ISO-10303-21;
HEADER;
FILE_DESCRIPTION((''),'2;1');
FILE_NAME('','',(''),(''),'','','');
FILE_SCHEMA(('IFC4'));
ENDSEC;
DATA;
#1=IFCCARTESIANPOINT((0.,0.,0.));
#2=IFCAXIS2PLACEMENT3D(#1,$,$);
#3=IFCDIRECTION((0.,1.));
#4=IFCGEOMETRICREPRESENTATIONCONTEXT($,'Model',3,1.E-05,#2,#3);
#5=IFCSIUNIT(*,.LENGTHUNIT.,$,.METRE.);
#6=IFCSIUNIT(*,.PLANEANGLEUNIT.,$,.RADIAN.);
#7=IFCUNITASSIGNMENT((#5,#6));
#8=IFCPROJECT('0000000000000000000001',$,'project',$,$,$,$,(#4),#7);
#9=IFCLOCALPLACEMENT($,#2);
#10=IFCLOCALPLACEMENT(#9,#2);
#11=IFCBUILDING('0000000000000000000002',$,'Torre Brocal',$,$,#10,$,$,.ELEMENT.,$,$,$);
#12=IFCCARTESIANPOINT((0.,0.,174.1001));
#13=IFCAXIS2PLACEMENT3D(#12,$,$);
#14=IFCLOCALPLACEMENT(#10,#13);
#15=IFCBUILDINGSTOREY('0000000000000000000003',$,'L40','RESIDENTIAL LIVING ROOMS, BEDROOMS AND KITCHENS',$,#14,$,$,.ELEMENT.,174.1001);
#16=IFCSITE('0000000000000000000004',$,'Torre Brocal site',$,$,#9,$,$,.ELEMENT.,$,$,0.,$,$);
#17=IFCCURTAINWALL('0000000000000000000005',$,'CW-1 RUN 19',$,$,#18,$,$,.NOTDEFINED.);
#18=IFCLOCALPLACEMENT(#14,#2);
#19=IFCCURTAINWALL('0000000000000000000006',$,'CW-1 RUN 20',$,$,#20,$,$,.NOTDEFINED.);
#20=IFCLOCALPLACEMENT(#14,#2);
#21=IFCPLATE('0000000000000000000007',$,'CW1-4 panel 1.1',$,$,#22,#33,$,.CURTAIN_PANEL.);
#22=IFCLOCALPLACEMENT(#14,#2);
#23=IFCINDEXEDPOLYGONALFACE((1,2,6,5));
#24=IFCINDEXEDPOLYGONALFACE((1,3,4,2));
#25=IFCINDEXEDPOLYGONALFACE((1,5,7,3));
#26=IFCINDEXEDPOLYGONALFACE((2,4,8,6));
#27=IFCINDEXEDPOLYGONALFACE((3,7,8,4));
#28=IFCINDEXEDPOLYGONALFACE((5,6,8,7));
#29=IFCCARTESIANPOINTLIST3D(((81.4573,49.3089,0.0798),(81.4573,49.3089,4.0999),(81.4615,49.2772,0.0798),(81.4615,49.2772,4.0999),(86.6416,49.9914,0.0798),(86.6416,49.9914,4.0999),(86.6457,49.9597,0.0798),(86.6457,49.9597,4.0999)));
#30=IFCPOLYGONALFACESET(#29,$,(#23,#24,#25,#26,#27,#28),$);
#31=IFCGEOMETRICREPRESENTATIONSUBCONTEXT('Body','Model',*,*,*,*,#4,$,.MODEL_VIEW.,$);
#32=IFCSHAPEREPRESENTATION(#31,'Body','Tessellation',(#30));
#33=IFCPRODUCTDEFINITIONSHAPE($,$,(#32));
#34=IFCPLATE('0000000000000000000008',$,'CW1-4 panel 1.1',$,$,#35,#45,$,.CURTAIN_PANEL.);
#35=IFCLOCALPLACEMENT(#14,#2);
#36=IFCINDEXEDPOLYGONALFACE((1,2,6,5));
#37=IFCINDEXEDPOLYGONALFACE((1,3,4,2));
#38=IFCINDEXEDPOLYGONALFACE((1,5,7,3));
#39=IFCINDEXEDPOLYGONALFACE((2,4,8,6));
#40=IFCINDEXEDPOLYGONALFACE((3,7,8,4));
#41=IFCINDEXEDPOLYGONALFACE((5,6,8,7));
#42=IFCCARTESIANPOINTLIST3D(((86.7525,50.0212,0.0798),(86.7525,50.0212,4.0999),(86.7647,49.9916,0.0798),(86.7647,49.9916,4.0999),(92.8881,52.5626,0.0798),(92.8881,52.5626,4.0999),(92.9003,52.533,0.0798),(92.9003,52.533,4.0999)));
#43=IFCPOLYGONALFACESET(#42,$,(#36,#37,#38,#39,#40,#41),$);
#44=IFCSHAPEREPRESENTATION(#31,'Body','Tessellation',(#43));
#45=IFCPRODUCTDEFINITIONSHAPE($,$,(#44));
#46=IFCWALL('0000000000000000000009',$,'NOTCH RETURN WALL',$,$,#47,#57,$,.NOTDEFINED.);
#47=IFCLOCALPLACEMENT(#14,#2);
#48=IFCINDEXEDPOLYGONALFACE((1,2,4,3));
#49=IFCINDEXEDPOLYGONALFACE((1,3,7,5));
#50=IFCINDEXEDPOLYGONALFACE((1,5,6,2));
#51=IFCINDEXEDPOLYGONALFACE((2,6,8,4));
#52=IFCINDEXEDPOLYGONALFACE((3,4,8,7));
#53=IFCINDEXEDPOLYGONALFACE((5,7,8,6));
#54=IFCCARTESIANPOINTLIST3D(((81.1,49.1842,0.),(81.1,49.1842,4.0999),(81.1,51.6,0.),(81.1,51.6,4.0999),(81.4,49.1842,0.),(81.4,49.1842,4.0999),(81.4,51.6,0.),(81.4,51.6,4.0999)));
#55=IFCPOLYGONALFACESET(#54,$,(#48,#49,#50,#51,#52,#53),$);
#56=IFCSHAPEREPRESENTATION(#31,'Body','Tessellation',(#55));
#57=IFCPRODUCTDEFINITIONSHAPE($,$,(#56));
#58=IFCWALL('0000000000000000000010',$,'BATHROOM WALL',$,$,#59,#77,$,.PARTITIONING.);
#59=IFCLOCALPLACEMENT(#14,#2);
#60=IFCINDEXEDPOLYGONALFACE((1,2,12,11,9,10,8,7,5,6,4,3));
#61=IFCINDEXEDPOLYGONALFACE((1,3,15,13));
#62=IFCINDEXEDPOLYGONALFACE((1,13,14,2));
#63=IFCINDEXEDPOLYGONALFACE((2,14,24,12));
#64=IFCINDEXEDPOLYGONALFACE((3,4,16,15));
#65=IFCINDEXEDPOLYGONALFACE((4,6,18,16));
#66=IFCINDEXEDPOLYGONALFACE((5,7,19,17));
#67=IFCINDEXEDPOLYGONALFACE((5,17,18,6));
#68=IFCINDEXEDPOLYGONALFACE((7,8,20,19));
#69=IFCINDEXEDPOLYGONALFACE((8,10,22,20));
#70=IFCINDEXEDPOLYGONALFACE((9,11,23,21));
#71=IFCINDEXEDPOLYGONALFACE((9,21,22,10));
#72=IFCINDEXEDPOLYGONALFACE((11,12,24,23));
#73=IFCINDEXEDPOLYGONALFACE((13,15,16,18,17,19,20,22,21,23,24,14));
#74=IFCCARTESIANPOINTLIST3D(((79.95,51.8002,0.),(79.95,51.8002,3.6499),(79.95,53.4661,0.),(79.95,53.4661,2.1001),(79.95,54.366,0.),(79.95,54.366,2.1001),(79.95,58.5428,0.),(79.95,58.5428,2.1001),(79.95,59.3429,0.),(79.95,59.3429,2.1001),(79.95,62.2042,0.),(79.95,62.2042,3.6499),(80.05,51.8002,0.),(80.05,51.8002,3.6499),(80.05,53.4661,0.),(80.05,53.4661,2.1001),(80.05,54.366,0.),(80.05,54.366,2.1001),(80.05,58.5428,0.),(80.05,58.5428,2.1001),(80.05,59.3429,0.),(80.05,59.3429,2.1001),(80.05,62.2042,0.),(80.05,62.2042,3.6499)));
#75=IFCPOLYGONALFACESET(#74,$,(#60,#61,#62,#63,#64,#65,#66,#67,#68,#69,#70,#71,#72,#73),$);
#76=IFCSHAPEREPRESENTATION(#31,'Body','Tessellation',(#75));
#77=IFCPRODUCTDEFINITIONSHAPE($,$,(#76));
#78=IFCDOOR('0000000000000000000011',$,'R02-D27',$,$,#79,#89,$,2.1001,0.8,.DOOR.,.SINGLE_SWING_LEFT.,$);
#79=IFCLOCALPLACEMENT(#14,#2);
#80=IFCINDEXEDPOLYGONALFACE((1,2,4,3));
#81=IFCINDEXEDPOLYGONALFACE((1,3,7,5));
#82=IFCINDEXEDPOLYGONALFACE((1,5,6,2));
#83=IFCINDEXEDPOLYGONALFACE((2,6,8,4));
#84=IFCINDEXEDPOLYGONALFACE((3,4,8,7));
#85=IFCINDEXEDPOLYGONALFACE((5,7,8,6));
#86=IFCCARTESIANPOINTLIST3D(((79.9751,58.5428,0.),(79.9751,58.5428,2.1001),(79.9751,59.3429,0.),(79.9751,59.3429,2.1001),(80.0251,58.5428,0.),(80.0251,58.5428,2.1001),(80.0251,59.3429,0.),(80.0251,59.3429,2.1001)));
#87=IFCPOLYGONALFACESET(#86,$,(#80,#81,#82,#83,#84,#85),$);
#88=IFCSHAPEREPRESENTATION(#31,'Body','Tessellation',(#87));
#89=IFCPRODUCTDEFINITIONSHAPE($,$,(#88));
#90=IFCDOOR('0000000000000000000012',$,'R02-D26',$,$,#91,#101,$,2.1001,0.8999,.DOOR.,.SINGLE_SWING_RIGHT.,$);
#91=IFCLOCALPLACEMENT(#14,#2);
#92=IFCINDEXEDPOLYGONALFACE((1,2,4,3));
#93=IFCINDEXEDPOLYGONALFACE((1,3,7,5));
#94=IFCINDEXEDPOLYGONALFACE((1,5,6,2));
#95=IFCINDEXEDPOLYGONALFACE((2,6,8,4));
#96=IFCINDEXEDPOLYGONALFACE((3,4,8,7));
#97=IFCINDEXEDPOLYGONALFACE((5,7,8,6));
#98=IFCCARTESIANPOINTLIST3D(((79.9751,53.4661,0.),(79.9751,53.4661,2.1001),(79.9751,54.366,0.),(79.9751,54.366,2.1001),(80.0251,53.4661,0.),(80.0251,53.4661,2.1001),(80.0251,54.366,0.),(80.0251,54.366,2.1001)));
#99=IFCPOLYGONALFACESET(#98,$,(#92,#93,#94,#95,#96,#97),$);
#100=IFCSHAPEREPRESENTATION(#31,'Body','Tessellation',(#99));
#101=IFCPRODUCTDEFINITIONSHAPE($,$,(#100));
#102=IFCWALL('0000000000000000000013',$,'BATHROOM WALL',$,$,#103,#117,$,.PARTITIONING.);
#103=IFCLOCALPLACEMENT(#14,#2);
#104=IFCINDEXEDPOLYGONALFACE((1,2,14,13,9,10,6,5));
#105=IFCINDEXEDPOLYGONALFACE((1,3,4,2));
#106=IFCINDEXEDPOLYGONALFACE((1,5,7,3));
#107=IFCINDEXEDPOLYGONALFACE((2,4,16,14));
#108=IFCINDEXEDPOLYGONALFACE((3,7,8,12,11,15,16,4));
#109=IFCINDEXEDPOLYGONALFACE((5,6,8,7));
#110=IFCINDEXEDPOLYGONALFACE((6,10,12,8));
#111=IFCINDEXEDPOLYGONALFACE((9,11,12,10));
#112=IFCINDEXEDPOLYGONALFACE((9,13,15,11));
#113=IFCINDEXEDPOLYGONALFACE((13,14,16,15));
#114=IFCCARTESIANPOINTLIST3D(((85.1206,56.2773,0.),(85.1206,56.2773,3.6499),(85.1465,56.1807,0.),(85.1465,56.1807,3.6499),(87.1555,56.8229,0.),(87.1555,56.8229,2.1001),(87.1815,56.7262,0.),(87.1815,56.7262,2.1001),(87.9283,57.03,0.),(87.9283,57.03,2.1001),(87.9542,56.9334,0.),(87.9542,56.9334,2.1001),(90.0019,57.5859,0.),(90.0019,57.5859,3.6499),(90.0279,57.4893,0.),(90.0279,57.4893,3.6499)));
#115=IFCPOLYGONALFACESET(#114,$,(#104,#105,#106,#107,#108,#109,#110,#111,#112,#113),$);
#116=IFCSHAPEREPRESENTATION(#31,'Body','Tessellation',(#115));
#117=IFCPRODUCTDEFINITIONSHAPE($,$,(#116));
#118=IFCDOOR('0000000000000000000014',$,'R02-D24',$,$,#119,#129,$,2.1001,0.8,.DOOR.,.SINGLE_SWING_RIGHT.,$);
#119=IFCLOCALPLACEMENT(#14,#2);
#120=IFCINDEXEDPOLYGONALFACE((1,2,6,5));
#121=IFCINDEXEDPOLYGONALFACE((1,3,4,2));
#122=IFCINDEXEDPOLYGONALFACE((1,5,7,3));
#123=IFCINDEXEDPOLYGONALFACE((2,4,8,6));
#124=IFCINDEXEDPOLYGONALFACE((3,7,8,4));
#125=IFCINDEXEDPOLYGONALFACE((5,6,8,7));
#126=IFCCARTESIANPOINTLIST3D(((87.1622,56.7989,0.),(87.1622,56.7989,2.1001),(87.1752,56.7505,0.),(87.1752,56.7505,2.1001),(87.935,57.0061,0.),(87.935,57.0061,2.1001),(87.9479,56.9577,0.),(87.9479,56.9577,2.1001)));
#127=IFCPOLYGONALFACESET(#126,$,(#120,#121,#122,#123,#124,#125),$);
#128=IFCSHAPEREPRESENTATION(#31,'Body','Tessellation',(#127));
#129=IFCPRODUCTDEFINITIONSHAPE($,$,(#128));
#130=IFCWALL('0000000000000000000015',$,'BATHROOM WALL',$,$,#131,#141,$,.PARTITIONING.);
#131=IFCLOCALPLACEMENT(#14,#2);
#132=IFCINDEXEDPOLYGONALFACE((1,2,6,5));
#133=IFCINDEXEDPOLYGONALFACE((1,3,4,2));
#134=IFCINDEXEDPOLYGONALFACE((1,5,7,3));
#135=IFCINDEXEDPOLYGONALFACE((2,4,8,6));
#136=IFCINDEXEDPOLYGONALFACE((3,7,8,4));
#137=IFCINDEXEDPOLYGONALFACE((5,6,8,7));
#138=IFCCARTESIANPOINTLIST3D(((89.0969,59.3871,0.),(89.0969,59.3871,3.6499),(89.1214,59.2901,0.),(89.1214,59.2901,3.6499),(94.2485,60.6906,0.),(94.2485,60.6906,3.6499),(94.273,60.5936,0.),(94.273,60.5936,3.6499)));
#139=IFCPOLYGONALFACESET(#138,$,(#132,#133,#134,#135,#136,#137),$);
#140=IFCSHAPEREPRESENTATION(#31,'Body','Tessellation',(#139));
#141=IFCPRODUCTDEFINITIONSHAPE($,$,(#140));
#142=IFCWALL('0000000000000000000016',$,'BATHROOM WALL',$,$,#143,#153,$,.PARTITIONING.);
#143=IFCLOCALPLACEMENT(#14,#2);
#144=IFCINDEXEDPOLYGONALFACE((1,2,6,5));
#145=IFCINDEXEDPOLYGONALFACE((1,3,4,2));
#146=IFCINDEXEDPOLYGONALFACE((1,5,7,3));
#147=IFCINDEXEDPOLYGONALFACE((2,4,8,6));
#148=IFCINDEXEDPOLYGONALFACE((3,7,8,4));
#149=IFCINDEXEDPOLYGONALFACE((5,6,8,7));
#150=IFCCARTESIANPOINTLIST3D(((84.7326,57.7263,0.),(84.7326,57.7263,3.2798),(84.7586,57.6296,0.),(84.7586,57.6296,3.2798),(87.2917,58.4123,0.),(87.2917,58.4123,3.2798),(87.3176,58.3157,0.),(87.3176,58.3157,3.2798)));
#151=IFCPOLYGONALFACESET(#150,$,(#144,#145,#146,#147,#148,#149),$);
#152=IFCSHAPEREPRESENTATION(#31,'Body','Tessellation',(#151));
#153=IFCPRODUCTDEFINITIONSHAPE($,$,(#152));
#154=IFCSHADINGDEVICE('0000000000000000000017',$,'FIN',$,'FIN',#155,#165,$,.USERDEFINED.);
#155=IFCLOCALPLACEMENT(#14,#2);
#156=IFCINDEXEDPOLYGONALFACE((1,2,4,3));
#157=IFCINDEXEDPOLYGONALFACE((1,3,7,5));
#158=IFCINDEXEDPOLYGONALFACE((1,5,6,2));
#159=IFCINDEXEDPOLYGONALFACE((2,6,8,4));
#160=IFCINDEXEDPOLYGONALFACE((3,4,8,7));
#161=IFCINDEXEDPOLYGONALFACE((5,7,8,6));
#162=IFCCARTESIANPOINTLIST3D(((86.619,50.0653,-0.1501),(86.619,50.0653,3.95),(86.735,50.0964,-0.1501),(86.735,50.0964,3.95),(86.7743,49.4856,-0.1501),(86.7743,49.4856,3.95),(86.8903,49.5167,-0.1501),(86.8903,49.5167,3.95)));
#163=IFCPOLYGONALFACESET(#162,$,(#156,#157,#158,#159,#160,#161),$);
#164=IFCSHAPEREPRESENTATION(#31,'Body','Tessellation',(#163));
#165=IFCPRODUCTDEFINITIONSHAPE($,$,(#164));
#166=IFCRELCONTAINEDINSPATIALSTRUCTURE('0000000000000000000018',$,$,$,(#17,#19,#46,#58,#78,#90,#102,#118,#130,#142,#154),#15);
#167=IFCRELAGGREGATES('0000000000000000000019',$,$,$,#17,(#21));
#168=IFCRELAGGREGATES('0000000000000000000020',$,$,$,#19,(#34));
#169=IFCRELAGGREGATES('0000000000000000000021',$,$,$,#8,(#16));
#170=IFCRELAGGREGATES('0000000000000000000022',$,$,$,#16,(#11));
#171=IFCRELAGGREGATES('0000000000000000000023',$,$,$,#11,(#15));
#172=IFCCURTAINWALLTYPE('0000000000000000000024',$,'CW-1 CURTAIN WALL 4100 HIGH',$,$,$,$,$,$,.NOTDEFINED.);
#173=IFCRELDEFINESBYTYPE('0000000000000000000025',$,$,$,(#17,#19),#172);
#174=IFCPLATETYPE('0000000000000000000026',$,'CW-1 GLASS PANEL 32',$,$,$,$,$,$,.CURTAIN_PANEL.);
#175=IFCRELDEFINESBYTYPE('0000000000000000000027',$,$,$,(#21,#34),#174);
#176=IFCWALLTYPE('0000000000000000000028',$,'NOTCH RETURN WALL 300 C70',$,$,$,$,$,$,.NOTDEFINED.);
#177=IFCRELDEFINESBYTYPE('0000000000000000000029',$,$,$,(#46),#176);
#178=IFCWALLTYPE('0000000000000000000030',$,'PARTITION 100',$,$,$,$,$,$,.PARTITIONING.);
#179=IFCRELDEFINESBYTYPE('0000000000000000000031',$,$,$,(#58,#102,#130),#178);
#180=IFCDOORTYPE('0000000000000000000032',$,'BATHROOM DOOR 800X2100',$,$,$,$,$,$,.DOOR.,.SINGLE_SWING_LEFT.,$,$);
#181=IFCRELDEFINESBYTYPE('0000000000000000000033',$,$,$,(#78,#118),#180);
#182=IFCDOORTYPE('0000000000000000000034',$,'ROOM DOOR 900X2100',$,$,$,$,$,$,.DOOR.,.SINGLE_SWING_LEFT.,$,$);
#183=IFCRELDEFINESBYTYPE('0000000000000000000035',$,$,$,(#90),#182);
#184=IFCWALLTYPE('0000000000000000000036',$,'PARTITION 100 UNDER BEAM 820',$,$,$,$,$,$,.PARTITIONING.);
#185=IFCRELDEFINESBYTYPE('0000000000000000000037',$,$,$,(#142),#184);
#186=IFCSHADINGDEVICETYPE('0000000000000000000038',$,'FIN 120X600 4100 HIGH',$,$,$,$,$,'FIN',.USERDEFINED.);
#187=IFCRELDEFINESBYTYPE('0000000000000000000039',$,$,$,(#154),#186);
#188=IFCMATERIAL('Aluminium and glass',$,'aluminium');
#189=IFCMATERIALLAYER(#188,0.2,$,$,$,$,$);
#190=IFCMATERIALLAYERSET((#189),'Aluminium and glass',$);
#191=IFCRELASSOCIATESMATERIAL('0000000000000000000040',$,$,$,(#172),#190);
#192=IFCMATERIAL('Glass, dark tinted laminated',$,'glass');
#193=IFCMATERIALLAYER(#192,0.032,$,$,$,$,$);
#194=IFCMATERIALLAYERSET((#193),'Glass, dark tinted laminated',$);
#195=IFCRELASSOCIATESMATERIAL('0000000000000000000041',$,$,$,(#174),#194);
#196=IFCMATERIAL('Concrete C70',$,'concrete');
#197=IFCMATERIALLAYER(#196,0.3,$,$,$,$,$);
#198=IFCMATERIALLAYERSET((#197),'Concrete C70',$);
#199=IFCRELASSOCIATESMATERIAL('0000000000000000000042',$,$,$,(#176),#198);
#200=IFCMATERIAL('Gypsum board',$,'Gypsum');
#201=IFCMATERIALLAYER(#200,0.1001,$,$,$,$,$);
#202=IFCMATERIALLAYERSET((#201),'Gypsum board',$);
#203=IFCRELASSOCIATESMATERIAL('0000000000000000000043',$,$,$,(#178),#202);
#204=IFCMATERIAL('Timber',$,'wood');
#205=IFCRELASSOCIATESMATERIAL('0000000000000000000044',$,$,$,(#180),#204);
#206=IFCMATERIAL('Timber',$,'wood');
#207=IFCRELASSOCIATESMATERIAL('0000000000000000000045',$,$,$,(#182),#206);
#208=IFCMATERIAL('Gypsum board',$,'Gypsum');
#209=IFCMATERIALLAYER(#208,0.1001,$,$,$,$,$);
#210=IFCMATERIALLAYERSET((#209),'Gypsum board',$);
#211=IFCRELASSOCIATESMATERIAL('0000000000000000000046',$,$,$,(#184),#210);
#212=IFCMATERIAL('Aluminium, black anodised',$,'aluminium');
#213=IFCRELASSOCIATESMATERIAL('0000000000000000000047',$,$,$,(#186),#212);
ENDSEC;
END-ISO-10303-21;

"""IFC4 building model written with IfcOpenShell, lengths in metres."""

from ifc_helpers import new_model, si_unit, direction, frame, frame_2d, origin, origin_2d, place, context, subcontext, project, spatial, rectangle, extrude, material, layer, layer_set, material_profile, profile_set, type_object, element, fill, aggregate, save


model = new_model("IFC4")

# Units and contexts
model_context = context("Model", 3, precision=1e-05, world=origin(), true_north=direction((0.0, 1.0)))
body_context = subcontext(model_context, "Body", "Model", "MODEL_VIEW")
ifc_project = project(units=[si_unit("LENGTHUNIT", "METRE"), si_unit("PLANEANGLEUNIT", "RADIAN")], contexts=[model_context])

# Site, building, storey
site_placement = place(None, origin())
site = spatial("IfcSite", under=ifc_project, at=site_placement, Name="Torre Brocal site", CompositionType="ELEMENT", RefElevation=0.0)
building_placement = place(site_placement, origin())
building = spatial("IfcBuilding", under=site, at=building_placement, Name="Torre Brocal", CompositionType="ELEMENT")
storey_placement = place(building_placement, frame((0.0, 0.0, 174.1001)))
storey = spatial("IfcBuildingStorey", under=building, at=storey_placement, Name="L40", Description="RESIDENTIAL LIVING ROOMS, BEDROOMS AND KITCHENS", CompositionType="ELEMENT", Elevation=174.1001)

# Curtain wall
ifc_material_1 = material(Name="Aluminium and glass", Category="aluminium")
ifc_layer_1 = layer(ifc_material_1, 0.2)
ifc_layer_set_1 = layer_set([ifc_layer_1], Name="Aluminium and glass")
curtain_wall_type = type_object("IfcCurtainWallType", Name="CW-1 CURTAIN WALL 4100 HIGH", PredefinedType="NOTDEFINED", material=ifc_layer_set_1)
curtain_wall_1_placement = place(storey_placement, origin())
curtain_wall_1 = element("IfcCurtainWall", 1, at=curtain_wall_1_placement, inside=storey, type_object=curtain_wall_type, Name="CW-1 RUN 19", PredefinedType="NOTDEFINED")

# Curtain wall
curtain_wall_2_placement = place(storey_placement, origin())
curtain_wall_2 = element("IfcCurtainWall", 2, at=curtain_wall_2_placement, inside=storey, type_object=curtain_wall_type, Name="CW-1 RUN 20", PredefinedType="NOTDEFINED")

# Plates
ifc_material_2 = material(Name="Glass, dark tinted laminated", Category="glass")
ifc_layer_2 = layer(ifc_material_2, 0.032)
ifc_layer_set_2 = layer_set([ifc_layer_2], Name="Glass, dark tinted laminated")
plate_type = type_object("IfcPlateType", Name="CW-1 GLASS PANEL 32", PredefinedType="CURTAIN_PANEL", material=ifc_layer_set_2)
plate_1_placement = place(storey_placement, frame((84.0515, 49.6343, 0.0798), z_axis=(0.0, 0.0, 1.0), x_axis=(0.991445, 0.130526, 0.0)))
plate_1 = element("IfcPlate", 3, at=plate_1_placement, type_object=plate_type, Name="CW1-4 panel 1.1", PredefinedType="CURTAIN_PANEL", context=body_context, shape_type="SweptSolid", body=[
    extrude(rectangle(XDim=5.229, YDim=0.032, at=origin_2d()), origin(), (0.0, 0.0, 1.0), 4.02),
])
aggregate(curtain_wall_1, [plate_1])
plate_2_placement = place(storey_placement, frame((89.8264, 51.2771, 0.0798), z_axis=(0.0, 0.0, 1.0), x_axis=(0.92388, 0.382683, 0.0)))
plate_2 = element("IfcPlate", 4, at=plate_2_placement, type_object=plate_type, Name="CW1-4 panel 1.1", PredefinedType="CURTAIN_PANEL", context=body_context, shape_type="SweptSolid", body=[
    extrude(rectangle(XDim=6.6411, YDim=0.032, at=origin_2d()), origin(), (0.0, 0.0, 1.0), 4.02),
])
aggregate(curtain_wall_2, [plate_2])

# Wall
ifc_material_3 = material(Name="Concrete C70", Category="concrete")
ifc_layer_3 = layer(ifc_material_3, 0.3)
ifc_layer_set_3 = layer_set([ifc_layer_3], Name="Concrete C70")
wall_type_1 = type_object("IfcWallType", Name="NOTCH RETURN WALL 300 C70", PredefinedType="NOTDEFINED", material=ifc_layer_set_3)
wall_1_placement = place(storey_placement, frame((81.25, 51.6001, 0.0), z_axis=(0.0, 0.0, 1.0), x_axis=(0.0, -1.0, 0.0)))
element("IfcWall", 5, at=wall_1_placement, inside=storey, type_object=wall_type_1, Name="NOTCH RETURN WALL", PredefinedType="NOTDEFINED", context=body_context, shape_type="SweptSolid", body=[
    extrude(rectangle(XDim=2.4158, YDim=0.3, at=frame_2d((1.208, 0.0))), origin(), (0.0, 0.0, 1.0), 4.0999),
])

# Wall, openings, doors
ifc_material_4 = material(Name="Gypsum board", Category="Gypsum")
ifc_layer_4 = layer(ifc_material_4, 0.1001)
ifc_layer_set_4 = layer_set([ifc_layer_4], Name="Gypsum board")
wall_type_2 = type_object("IfcWallType", Name="PARTITION 100", PredefinedType="PARTITIONING", material=ifc_layer_set_4)
wall_2_placement = place(storey_placement, frame((80.0, 51.8, 0.0), z_axis=(0.0, 0.0, 1.0), x_axis=(0.0, 1.0, 0.0)))
wall_2 = element("IfcWall", 6, at=wall_2_placement, inside=storey, type_object=wall_type_2, Name="BATHROOM WALL", PredefinedType="PARTITIONING", context=body_context, shape_type="SweptSolid", body=[
    extrude(rectangle(XDim=10.4041, YDim=0.1001, at=frame_2d((5.2021, 0.0))), origin(), (0.0, 0.0, 1.0), 3.6499),
])
opening_1_placement = place(wall_2_placement, frame((1.666, 0.0, 0.0)))
opening_1 = element("IfcOpeningElement", 7, at=opening_1_placement, cuts=wall_2, PredefinedType="OPENING", context=body_context, shape_type="SweptSolid", body=[
    extrude(rectangle(XDim=0.8999, YDim=2.1001, at=frame_2d((0.45, 1.05))), frame((0.0, 0.0601, 0.0), z_axis=(0.0, -1.0, 0.0), x_axis=(1.0, 0.0, 0.0)), (0.0, 0.0, 1.0), 0.1201),
])
opening_2_placement = place(wall_2_placement, frame((6.7429, 0.0, 0.0)))
opening_2 = element("IfcOpeningElement", 8, at=opening_2_placement, cuts=wall_2, PredefinedType="OPENING", context=body_context, shape_type="SweptSolid", body=[
    extrude(rectangle(XDim=0.8, YDim=2.1001, at=frame_2d((0.3999, 1.05))), frame((0.0, 0.0601, 0.0), z_axis=(0.0, -1.0, 0.0), x_axis=(1.0, 0.0, 0.0)), (0.0, 0.0, 1.0), 0.1201),
])
ifc_material_5 = material(Name="Timber", Category="wood")
door_type_1 = type_object("IfcDoorType", Name="BATHROOM DOOR 800X2100", OperationType="SINGLE_SWING_LEFT", PredefinedType="DOOR", material=ifc_material_5)
door_1_placement = place(opening_2_placement, origin())
door_1 = element("IfcDoor", 9, at=door_1_placement, inside=storey, type_object=door_type_1, Name="R02-D27", OperationType="SINGLE_SWING_LEFT", OverallHeight=2.1001, OverallWidth=0.8, PredefinedType="DOOR", context=body_context, shape_type="SweptSolid", body=[
    extrude(rectangle(XDim=0.8, YDim=2.1001, at=frame_2d((0.3999, 1.05))), frame((0.0, 0.0249, 0.0), z_axis=(0.0, -1.0, 0.0), x_axis=(1.0, 0.0, 0.0)), (0.0, 0.0, 1.0), 0.05),
])
fill(opening_2, door_1)
ifc_material_6 = material(Name="Timber", Category="wood")
door_type_2 = type_object("IfcDoorType", Name="ROOM DOOR 900X2100", OperationType="SINGLE_SWING_LEFT", PredefinedType="DOOR", material=ifc_material_6)
door_2_placement = place(opening_1_placement, origin())
door_2 = element("IfcDoor", 10, at=door_2_placement, inside=storey, type_object=door_type_2, Name="R02-D26", OperationType="SINGLE_SWING_RIGHT", OverallHeight=2.1001, OverallWidth=0.8999, PredefinedType="DOOR", context=body_context, shape_type="SweptSolid", body=[
    extrude(rectangle(XDim=0.8999, YDim=2.1001, at=frame_2d((0.45, 1.05))), frame((0.0, 0.0249, 0.0), z_axis=(0.0, -1.0, 0.0), x_axis=(1.0, 0.0, 0.0)), (0.0, 0.0, 1.0), 0.05),
])
fill(opening_1, door_2)

# Wall, opening, door
wall_3_placement = place(storey_placement, frame((85.1335, 56.229, 0.0), z_axis=(0.0, 0.0, 1.0), x_axis=(0.965894, 0.258937, 0.0)))
wall_3 = element("IfcWall", 11, at=wall_3_placement, inside=storey, type_object=wall_type_2, Name="BATHROOM WALL", PredefinedType="PARTITIONING", context=body_context, shape_type="SweptSolid", body=[
    extrude(rectangle(XDim=5.0537, YDim=0.1001, at=frame_2d((2.5269, 0.0))), origin(), (0.0, 0.0, 1.0), 3.6499),
])
opening_3_placement = place(wall_3_placement, frame((2.1069, 0.0, 0.0)))
opening_3 = element("IfcOpeningElement", 12, at=opening_3_placement, cuts=wall_3, PredefinedType="OPENING", context=body_context, shape_type="SweptSolid", body=[
    extrude(rectangle(XDim=0.8, YDim=2.1001, at=frame_2d((0.3999, 1.05))), frame((0.0, 0.0601, 0.0), z_axis=(0.0, -1.0, 0.0), x_axis=(1.0, 0.0, 0.0)), (0.0, 0.0, 1.0), 0.1201),
])
door_3_placement = place(opening_3_placement, frame((0.8, 0.0, 0.0), z_axis=(0.0, 0.0, 1.0), x_axis=(-1.0, 0.0, 0.0)))
door_3 = element("IfcDoor", 13, at=door_3_placement, inside=storey, type_object=door_type_1, Name="R02-D24", OperationType="SINGLE_SWING_RIGHT", OverallHeight=2.1001, OverallWidth=0.8, PredefinedType="DOOR", context=body_context, shape_type="SweptSolid", body=[
    extrude(rectangle(XDim=0.8, YDim=2.1001, at=frame_2d((0.3999, 1.05))), frame((0.0, 0.0249, 0.0), z_axis=(0.0, -1.0, 0.0), x_axis=(1.0, 0.0, 0.0)), (0.0, 0.0, 1.0), 0.05),
])
fill(opening_3, door_3)

# Walls
wall_4_placement = place(storey_placement, frame((89.1091, 59.3386, 0.0), z_axis=(0.0, 0.0, 1.0), x_axis=(0.969449, 0.245291, 0.0)))
element("IfcWall", 14, at=wall_4_placement, inside=storey, type_object=wall_type_2, Name="BATHROOM WALL", PredefinedType="PARTITIONING", context=body_context, shape_type="SweptSolid", body=[
    extrude(rectangle(XDim=5.314, YDim=0.1001, at=frame_2d((2.657, 0.0))), origin(), (0.0, 0.0, 1.0), 3.6499),
])
ifc_material_7 = material(Name="Gypsum board", Category="Gypsum")
ifc_layer_5 = layer(ifc_material_7, 0.1001)
ifc_layer_set_5 = layer_set([ifc_layer_5], Name="Gypsum board")
wall_type_3 = type_object("IfcWallType", Name="PARTITION 100 UNDER BEAM 820", PredefinedType="PARTITIONING", material=ifc_layer_set_5)
wall_5_placement = place(storey_placement, frame((84.7456, 57.678, 0.0), z_axis=(0.0, 0.0, 1.0), x_axis=(0.965895, 0.258936, 0.0)))
element("IfcWall", 15, at=wall_5_placement, inside=storey, type_object=wall_type_3, Name="BATHROOM WALL", PredefinedType="PARTITIONING", context=body_context, shape_type="SweptSolid", body=[
    extrude(rectangle(XDim=2.6494, YDim=0.1001, at=frame_2d((1.3247, 0.0))), origin(), (0.0, 0.0, 1.0), 3.2798),
])

# Shading device
ifc_material_8 = material(Name="Aluminium, black anodised", Category="aluminium")
ifc_material_profile_1 = material_profile(ifc_material_8, rectangle(XDim=0.1201, YDim=0.6001, at=origin_2d()), Name="FIN 120X600 4100 HIGH")
ifc_profile_set_1 = profile_set([ifc_material_profile_1], Name="Aluminium, black anodised")
shading_device_type = type_object("IfcShadingDeviceType", Name="FIN 120X600 4100 HIGH", ElementType="FIN", PredefinedType="USERDEFINED", material=ifc_profile_set_1)
shading_device_placement = place(storey_placement, frame((86.7546, 49.791, -0.1501), z_axis=(0.0, 0.0, 1.0), x_axis=(0.965926, 0.258819, 0.0)))
element("IfcShadingDevice", 16, at=shading_device_placement, inside=storey, type_object=shading_device_type, Name="FIN", ObjectType="FIN", PredefinedType="USERDEFINED", context=body_context, shape_type="SweptSolid", body=[
    extrude(rectangle(XDim=0.1201, YDim=0.6001, at=origin_2d()), origin(), (0.0, 0.0, 1.0), 4.1001),
])

save(model, "model.ifc")
